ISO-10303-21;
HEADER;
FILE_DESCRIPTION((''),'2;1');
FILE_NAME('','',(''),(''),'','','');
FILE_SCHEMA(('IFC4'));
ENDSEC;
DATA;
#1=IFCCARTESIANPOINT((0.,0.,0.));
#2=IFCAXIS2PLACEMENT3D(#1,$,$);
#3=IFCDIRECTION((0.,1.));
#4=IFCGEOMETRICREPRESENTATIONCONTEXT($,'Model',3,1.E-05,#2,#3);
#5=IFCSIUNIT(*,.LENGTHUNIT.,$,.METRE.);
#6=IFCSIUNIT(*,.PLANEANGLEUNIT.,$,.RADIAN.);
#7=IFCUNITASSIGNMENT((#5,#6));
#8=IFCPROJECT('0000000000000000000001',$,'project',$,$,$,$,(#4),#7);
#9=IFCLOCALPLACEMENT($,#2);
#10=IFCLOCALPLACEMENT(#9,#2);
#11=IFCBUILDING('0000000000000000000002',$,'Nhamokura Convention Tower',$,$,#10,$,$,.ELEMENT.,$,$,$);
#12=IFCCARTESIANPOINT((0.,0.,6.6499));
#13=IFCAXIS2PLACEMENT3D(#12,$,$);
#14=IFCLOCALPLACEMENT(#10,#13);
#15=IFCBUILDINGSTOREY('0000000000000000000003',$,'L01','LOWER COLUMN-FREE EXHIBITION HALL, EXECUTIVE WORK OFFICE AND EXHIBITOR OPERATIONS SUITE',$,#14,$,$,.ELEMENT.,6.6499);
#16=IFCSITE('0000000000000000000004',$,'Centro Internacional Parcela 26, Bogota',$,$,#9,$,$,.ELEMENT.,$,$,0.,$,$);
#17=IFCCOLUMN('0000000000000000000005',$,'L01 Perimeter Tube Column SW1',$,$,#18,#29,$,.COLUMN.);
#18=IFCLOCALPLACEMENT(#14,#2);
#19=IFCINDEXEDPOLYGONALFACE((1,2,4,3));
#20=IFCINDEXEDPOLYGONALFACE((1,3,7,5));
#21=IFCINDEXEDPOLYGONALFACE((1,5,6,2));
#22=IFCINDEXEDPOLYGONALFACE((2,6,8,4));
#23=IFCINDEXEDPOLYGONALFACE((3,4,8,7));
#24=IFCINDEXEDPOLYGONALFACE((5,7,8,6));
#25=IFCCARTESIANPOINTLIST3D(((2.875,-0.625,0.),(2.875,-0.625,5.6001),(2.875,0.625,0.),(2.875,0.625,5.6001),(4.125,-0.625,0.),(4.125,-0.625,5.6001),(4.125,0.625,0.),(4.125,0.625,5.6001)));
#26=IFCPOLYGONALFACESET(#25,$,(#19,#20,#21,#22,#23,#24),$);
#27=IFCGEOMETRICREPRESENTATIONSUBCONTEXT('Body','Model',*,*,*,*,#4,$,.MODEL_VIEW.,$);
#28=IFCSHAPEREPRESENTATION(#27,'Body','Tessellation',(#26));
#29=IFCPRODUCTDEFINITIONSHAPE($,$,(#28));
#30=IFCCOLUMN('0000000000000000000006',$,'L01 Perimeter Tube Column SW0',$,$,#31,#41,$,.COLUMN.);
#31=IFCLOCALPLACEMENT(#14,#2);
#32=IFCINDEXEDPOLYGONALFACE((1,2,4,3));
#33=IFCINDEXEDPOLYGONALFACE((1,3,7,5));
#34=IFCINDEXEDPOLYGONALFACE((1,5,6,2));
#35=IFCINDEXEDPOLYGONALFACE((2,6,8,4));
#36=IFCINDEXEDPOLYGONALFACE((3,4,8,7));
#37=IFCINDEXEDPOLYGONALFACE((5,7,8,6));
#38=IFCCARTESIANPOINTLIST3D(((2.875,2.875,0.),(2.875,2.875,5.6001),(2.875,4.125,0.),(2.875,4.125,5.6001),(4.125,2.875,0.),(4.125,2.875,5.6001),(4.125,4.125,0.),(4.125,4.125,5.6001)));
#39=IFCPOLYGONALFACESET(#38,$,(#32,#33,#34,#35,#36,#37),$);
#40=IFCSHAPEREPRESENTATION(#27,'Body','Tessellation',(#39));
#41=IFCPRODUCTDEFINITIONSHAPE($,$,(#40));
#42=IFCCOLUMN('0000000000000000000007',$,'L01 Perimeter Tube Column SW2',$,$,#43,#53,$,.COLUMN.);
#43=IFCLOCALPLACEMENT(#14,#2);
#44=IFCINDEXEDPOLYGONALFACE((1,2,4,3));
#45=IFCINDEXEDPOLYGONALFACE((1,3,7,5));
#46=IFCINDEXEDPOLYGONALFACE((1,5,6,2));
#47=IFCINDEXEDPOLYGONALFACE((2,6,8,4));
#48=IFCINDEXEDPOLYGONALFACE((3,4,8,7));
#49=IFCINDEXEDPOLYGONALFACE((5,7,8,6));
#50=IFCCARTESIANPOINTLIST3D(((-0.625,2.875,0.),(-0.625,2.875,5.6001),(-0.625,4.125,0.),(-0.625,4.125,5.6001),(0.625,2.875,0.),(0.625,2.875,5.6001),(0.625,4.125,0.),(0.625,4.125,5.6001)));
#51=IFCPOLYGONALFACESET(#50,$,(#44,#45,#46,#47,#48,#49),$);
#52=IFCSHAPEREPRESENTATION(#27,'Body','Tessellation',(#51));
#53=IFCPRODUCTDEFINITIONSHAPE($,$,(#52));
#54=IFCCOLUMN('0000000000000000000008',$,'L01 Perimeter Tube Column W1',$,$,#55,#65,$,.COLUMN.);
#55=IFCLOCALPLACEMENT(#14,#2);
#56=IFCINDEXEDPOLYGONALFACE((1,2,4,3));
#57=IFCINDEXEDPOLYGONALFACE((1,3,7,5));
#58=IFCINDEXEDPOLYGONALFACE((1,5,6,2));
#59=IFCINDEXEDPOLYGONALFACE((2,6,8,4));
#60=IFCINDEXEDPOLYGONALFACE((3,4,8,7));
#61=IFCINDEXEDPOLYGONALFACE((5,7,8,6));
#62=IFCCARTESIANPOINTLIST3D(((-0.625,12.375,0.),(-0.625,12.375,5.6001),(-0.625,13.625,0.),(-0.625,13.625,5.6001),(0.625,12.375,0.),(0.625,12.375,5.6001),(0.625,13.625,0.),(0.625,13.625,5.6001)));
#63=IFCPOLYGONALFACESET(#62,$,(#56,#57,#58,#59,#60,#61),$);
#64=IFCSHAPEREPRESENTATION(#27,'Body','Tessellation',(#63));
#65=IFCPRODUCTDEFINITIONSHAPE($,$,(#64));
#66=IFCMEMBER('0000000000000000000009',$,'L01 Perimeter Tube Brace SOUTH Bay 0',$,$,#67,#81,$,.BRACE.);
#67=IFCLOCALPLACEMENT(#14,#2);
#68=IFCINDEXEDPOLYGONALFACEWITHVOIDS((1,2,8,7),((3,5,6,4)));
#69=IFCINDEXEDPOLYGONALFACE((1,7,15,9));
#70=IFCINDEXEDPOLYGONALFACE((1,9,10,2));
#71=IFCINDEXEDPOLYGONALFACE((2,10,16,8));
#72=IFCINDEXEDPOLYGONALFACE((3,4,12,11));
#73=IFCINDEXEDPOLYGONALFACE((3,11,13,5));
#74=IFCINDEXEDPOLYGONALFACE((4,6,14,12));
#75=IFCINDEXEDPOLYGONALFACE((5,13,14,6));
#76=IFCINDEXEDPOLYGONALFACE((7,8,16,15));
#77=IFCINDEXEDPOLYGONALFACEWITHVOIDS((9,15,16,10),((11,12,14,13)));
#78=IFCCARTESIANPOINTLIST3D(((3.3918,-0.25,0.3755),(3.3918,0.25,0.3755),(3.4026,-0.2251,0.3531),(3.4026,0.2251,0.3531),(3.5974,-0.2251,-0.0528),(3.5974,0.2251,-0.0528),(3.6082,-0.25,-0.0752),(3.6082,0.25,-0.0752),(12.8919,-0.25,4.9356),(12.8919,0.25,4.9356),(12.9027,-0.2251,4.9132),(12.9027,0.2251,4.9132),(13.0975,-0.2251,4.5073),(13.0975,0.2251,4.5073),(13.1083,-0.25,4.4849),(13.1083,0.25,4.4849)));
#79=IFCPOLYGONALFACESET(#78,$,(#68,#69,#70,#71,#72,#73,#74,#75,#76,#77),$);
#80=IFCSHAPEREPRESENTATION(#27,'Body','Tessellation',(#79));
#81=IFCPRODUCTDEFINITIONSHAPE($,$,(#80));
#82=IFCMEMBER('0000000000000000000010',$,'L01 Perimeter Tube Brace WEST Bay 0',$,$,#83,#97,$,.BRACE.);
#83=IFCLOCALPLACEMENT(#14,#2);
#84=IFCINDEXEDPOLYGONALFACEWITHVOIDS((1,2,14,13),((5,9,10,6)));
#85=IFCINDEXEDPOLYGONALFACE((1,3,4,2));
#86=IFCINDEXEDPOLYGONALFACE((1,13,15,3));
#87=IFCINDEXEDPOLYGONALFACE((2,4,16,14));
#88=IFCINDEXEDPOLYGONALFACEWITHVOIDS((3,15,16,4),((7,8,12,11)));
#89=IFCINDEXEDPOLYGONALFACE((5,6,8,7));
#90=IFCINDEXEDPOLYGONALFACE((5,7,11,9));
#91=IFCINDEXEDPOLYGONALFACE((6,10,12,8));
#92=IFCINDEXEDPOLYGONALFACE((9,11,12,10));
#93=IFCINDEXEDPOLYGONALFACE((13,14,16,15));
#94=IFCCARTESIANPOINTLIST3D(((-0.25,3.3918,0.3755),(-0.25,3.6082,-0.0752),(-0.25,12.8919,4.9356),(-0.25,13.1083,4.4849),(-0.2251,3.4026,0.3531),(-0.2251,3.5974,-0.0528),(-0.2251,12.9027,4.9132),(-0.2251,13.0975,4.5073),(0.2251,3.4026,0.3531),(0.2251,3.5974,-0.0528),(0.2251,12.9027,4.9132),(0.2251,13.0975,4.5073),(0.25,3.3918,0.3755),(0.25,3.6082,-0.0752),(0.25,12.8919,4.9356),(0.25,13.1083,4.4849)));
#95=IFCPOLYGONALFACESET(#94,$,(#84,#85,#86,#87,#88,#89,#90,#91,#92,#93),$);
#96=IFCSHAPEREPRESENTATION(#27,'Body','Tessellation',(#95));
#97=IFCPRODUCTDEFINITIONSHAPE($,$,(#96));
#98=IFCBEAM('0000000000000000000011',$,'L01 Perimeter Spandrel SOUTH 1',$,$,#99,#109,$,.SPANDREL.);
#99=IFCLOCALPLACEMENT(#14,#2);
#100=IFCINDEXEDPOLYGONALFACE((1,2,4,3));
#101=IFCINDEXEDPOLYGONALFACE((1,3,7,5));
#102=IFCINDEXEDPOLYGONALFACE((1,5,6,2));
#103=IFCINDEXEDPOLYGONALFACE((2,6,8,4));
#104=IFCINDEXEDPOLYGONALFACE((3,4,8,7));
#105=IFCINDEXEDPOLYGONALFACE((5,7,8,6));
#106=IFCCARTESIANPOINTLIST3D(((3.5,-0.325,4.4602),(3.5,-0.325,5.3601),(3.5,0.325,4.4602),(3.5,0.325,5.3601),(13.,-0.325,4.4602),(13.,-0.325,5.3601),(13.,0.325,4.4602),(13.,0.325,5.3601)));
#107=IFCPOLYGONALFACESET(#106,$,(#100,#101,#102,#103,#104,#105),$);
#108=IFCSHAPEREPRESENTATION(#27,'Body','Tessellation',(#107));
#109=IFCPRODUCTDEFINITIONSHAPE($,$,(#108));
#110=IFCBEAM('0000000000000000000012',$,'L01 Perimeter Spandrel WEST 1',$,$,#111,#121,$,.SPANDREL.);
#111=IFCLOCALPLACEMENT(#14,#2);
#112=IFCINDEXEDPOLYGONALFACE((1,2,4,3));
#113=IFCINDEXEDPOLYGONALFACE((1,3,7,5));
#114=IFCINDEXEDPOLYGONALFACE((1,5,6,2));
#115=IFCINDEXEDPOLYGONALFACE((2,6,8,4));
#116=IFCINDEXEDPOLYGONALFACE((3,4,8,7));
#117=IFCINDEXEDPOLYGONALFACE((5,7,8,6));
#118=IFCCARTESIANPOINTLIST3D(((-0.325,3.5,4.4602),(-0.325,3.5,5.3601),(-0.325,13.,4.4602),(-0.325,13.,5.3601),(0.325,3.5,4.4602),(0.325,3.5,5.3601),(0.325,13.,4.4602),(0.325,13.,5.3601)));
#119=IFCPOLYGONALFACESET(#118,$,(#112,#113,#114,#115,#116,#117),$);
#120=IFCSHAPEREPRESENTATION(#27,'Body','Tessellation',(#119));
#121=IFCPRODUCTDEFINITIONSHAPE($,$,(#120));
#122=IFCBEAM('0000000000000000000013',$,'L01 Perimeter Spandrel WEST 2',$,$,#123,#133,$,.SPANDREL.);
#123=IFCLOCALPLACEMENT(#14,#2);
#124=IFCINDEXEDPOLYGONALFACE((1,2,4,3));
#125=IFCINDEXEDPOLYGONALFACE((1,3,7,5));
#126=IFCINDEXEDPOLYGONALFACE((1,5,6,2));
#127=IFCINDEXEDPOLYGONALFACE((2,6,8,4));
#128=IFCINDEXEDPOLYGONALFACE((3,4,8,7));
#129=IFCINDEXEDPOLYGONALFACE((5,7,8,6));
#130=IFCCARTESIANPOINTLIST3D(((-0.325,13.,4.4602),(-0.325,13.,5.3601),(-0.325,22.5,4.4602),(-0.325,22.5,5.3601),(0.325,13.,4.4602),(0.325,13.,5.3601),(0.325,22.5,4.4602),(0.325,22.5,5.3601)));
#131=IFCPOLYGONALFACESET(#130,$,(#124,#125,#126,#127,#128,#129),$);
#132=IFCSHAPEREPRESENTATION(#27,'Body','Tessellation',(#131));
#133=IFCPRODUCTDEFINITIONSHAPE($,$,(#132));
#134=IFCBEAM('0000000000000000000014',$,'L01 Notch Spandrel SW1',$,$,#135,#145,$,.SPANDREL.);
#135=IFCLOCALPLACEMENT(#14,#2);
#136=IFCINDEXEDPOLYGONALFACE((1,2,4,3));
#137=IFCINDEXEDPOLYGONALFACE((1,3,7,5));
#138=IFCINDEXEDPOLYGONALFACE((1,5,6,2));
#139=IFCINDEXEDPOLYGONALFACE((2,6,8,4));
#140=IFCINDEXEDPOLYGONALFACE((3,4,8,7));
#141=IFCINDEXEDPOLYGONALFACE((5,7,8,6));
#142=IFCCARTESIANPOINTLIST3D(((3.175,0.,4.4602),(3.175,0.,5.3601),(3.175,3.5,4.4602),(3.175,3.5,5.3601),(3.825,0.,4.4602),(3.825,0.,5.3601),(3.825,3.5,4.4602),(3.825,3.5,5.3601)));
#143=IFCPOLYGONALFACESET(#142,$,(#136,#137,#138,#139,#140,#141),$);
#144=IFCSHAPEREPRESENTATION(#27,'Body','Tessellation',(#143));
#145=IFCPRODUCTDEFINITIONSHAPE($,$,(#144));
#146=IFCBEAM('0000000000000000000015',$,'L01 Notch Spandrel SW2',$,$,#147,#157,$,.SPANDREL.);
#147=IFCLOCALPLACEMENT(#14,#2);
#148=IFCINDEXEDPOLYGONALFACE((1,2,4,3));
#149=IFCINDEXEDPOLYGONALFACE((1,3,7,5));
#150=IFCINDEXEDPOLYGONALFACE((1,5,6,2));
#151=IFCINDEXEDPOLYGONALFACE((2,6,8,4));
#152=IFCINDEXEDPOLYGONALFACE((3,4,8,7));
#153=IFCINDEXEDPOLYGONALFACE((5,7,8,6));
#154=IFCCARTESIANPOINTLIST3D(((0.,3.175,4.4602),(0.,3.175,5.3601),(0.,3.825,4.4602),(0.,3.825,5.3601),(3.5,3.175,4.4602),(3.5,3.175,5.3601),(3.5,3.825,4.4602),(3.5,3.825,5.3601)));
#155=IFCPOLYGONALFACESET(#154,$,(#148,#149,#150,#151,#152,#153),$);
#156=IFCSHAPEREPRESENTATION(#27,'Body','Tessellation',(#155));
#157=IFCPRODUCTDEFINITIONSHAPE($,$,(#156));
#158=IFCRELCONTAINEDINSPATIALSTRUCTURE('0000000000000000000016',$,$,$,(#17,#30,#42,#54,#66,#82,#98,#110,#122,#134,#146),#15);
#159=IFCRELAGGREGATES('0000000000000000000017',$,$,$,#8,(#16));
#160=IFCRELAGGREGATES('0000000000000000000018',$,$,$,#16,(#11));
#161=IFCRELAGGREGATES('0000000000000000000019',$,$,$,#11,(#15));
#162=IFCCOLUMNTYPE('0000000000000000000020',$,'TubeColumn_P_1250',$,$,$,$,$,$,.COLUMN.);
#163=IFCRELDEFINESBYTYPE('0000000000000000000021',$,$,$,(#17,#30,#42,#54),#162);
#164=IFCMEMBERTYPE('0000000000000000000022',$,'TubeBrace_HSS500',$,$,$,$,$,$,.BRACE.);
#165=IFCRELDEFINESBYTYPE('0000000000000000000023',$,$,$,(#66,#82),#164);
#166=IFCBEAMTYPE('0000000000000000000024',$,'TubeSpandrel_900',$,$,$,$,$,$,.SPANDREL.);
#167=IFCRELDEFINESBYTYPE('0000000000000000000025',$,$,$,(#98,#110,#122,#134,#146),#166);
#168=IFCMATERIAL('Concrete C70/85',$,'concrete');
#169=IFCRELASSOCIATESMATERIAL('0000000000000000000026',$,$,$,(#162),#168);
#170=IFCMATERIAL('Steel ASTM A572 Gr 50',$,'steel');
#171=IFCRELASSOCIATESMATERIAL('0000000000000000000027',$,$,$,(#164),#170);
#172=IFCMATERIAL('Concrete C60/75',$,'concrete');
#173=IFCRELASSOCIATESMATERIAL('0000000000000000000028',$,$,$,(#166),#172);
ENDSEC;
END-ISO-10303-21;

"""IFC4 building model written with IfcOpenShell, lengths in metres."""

from ifc_helpers import new_model, si_unit, direction, frame, origin, origin_2d, place, context, subcontext, project, spatial, rectangle, hollow_rectangle, extrude, material, material_profile, profile_set, type_object, element, save


model = new_model("IFC4")

# Units and contexts
model_context = context("Model", 3, precision=1e-05, world=origin(), true_north=direction((0.0, 1.0)))
body_context = subcontext(model_context, "Body", "Model", "MODEL_VIEW")
ifc_project = project(units=[si_unit("LENGTHUNIT", "METRE"), si_unit("PLANEANGLEUNIT", "RADIAN")], contexts=[model_context])

# Site, building, storey
site_placement = place(None, origin())
site = spatial("IfcSite", under=ifc_project, at=site_placement, Name="Centro Internacional Parcela 26, Bogota", CompositionType="ELEMENT", RefElevation=0.0)
building_placement = place(site_placement, origin())
building = spatial("IfcBuilding", under=site, at=building_placement, Name="Nhamokura Convention Tower", CompositionType="ELEMENT")
storey_placement = place(building_placement, frame((0.0, 0.0, 6.6499)))
storey = spatial("IfcBuildingStorey", under=building, at=storey_placement, Name="L01", Description="LOWER COLUMN-FREE EXHIBITION HALL, EXECUTIVE WORK OFFICE AND EXHIBITOR OPERATIONS SUITE", CompositionType="ELEMENT", Elevation=6.6499)

# Columns
ifc_material_1 = material(Name="Concrete C70/85", Category="concrete")
ifc_material_profile_1 = material_profile(ifc_material_1, rectangle(XDim=1.25, YDim=1.25, at=origin_2d()))
ifc_profile_set_1 = profile_set([ifc_material_profile_1], Name="Concrete C70/85")
column_type = type_object("IfcColumnType", Name="TubeColumn_P_1250", PredefinedType="COLUMN", material=ifc_profile_set_1)
for number, where, z_axis, x_axis, name in (
    (1, (3.5, 0.0, 0.0), (0.0, 0.0, 1.0), (1.0, 0.0, 0.0), "L01 Perimeter Tube Column SW1"),
    (2, (3.5, 3.5, 0.0), (0.0, 0.0, 1.0), (1.0, 0.0, 0.0), "L01 Perimeter Tube Column SW0"),
    (3, (0.0, 3.5, 0.0), (0.0, 0.0, 1.0), (1.0, 0.0, 0.0), "L01 Perimeter Tube Column SW2"),
    (4, (0.0, 13.0, 0.0), (0.0, 0.0, 1.0), (1.0, 0.0, 0.0), "L01 Perimeter Tube Column W1"),
):
    element("IfcColumn", number, at=place(storey_placement, frame(where, z_axis=z_axis, x_axis=x_axis)), inside=storey, type_object=column_type, Name=name, PredefinedType="COLUMN", context=body_context, shape_type="SweptSolid", body=[
        extrude(rectangle(XDim=1.25, YDim=1.25, at=origin_2d()), origin(), (0.0, 0.0, 1.0), 5.6001),
    ])

# Members
ifc_material_2 = material(Name="Steel ASTM A572 Gr 50", Category="steel")
ifc_material_profile_2 = material_profile(ifc_material_2, hollow_rectangle(XDim=0.5, YDim=0.5, WallThickness=0.0249, at=origin_2d()))
ifc_profile_set_2 = profile_set([ifc_material_profile_2], Name="Steel ASTM A572 Gr 50")
member_type = type_object("IfcMemberType", Name="TubeBrace_HSS500", PredefinedType="BRACE", material=ifc_profile_set_2)
for number, where, z_axis, x_axis, name in (
    (5, (3.5, 0.0, 0.1501), (0.901521, 0.0, 0.432736), (0.0, 1.0, 0.0), "L01 Perimeter Tube Brace SOUTH Bay 0"),
    (6, (0.0, 3.5, 0.1501), (0.0, 0.901521, 0.432736), (-1.0, 0.0, 0.0), "L01 Perimeter Tube Brace WEST Bay 0"),
):
    element("IfcMember", number, at=place(storey_placement, frame(where, z_axis=z_axis, x_axis=x_axis)), inside=storey, type_object=member_type, Name=name, PredefinedType="BRACE", context=body_context, shape_type="SweptSolid", body=[
        extrude(hollow_rectangle(XDim=0.5, YDim=0.5, WallThickness=0.0249, at=origin_2d()), origin(), (0.0, 0.0, 1.0), 10.5378),
    ])

# Beams
ifc_material_3 = material(Name="Concrete C60/75", Category="concrete")
ifc_material_profile_3 = material_profile(ifc_material_3, rectangle(XDim=0.6499, YDim=0.8999, at=origin_2d()))
ifc_profile_set_3 = profile_set([ifc_material_profile_3], Name="Concrete C60/75")
beam_type = type_object("IfcBeamType", Name="TubeSpandrel_900", PredefinedType="SPANDREL", material=ifc_profile_set_3)
for number, where, z_axis, x_axis, name in (
    (7, (3.5, 0.0, 4.9102), (1.0, 0.0, 0.0), (0.0, 1.0, 0.0), "L01 Perimeter Spandrel SOUTH 1"),
    (8, (0.0, 3.5, 4.9102), (0.0, 1.0, 0.0), (-1.0, 0.0, 0.0), "L01 Perimeter Spandrel WEST 1"),
    (9, (0.0, 13.0, 4.9102), (0.0, 1.0, 0.0), (-1.0, 0.0, 0.0), "L01 Perimeter Spandrel WEST 2"),
):
    element("IfcBeam", number, at=place(storey_placement, frame(where, z_axis=z_axis, x_axis=x_axis)), inside=storey, type_object=beam_type, Name=name, PredefinedType="SPANDREL", context=body_context, shape_type="SweptSolid", body=[
        extrude(rectangle(XDim=0.6499, YDim=0.8999, at=origin_2d()), origin(), (0.0, 0.0, 1.0), 9.5),
    ])
for number, where, z_axis, x_axis, name in (
    (10, (3.5, 0.0, 4.9102), (0.0, 1.0, 0.0), (-1.0, 0.0, 0.0), "L01 Notch Spandrel SW1"),
    (11, (3.5, 3.5, 4.9102), (-1.0, 0.0, 0.0), (0.0, -1.0, 0.0), "L01 Notch Spandrel SW2"),
):
    element("IfcBeam", number, at=place(storey_placement, frame(where, z_axis=z_axis, x_axis=x_axis)), inside=storey, type_object=beam_type, Name=name, PredefinedType="SPANDREL", context=body_context, shape_type="SweptSolid", body=[
        extrude(rectangle(XDim=0.6499, YDim=0.8999, at=origin_2d()), origin(), (0.0, 0.0, 1.0), 3.5),
    ])

save(model, "model.ifc")
